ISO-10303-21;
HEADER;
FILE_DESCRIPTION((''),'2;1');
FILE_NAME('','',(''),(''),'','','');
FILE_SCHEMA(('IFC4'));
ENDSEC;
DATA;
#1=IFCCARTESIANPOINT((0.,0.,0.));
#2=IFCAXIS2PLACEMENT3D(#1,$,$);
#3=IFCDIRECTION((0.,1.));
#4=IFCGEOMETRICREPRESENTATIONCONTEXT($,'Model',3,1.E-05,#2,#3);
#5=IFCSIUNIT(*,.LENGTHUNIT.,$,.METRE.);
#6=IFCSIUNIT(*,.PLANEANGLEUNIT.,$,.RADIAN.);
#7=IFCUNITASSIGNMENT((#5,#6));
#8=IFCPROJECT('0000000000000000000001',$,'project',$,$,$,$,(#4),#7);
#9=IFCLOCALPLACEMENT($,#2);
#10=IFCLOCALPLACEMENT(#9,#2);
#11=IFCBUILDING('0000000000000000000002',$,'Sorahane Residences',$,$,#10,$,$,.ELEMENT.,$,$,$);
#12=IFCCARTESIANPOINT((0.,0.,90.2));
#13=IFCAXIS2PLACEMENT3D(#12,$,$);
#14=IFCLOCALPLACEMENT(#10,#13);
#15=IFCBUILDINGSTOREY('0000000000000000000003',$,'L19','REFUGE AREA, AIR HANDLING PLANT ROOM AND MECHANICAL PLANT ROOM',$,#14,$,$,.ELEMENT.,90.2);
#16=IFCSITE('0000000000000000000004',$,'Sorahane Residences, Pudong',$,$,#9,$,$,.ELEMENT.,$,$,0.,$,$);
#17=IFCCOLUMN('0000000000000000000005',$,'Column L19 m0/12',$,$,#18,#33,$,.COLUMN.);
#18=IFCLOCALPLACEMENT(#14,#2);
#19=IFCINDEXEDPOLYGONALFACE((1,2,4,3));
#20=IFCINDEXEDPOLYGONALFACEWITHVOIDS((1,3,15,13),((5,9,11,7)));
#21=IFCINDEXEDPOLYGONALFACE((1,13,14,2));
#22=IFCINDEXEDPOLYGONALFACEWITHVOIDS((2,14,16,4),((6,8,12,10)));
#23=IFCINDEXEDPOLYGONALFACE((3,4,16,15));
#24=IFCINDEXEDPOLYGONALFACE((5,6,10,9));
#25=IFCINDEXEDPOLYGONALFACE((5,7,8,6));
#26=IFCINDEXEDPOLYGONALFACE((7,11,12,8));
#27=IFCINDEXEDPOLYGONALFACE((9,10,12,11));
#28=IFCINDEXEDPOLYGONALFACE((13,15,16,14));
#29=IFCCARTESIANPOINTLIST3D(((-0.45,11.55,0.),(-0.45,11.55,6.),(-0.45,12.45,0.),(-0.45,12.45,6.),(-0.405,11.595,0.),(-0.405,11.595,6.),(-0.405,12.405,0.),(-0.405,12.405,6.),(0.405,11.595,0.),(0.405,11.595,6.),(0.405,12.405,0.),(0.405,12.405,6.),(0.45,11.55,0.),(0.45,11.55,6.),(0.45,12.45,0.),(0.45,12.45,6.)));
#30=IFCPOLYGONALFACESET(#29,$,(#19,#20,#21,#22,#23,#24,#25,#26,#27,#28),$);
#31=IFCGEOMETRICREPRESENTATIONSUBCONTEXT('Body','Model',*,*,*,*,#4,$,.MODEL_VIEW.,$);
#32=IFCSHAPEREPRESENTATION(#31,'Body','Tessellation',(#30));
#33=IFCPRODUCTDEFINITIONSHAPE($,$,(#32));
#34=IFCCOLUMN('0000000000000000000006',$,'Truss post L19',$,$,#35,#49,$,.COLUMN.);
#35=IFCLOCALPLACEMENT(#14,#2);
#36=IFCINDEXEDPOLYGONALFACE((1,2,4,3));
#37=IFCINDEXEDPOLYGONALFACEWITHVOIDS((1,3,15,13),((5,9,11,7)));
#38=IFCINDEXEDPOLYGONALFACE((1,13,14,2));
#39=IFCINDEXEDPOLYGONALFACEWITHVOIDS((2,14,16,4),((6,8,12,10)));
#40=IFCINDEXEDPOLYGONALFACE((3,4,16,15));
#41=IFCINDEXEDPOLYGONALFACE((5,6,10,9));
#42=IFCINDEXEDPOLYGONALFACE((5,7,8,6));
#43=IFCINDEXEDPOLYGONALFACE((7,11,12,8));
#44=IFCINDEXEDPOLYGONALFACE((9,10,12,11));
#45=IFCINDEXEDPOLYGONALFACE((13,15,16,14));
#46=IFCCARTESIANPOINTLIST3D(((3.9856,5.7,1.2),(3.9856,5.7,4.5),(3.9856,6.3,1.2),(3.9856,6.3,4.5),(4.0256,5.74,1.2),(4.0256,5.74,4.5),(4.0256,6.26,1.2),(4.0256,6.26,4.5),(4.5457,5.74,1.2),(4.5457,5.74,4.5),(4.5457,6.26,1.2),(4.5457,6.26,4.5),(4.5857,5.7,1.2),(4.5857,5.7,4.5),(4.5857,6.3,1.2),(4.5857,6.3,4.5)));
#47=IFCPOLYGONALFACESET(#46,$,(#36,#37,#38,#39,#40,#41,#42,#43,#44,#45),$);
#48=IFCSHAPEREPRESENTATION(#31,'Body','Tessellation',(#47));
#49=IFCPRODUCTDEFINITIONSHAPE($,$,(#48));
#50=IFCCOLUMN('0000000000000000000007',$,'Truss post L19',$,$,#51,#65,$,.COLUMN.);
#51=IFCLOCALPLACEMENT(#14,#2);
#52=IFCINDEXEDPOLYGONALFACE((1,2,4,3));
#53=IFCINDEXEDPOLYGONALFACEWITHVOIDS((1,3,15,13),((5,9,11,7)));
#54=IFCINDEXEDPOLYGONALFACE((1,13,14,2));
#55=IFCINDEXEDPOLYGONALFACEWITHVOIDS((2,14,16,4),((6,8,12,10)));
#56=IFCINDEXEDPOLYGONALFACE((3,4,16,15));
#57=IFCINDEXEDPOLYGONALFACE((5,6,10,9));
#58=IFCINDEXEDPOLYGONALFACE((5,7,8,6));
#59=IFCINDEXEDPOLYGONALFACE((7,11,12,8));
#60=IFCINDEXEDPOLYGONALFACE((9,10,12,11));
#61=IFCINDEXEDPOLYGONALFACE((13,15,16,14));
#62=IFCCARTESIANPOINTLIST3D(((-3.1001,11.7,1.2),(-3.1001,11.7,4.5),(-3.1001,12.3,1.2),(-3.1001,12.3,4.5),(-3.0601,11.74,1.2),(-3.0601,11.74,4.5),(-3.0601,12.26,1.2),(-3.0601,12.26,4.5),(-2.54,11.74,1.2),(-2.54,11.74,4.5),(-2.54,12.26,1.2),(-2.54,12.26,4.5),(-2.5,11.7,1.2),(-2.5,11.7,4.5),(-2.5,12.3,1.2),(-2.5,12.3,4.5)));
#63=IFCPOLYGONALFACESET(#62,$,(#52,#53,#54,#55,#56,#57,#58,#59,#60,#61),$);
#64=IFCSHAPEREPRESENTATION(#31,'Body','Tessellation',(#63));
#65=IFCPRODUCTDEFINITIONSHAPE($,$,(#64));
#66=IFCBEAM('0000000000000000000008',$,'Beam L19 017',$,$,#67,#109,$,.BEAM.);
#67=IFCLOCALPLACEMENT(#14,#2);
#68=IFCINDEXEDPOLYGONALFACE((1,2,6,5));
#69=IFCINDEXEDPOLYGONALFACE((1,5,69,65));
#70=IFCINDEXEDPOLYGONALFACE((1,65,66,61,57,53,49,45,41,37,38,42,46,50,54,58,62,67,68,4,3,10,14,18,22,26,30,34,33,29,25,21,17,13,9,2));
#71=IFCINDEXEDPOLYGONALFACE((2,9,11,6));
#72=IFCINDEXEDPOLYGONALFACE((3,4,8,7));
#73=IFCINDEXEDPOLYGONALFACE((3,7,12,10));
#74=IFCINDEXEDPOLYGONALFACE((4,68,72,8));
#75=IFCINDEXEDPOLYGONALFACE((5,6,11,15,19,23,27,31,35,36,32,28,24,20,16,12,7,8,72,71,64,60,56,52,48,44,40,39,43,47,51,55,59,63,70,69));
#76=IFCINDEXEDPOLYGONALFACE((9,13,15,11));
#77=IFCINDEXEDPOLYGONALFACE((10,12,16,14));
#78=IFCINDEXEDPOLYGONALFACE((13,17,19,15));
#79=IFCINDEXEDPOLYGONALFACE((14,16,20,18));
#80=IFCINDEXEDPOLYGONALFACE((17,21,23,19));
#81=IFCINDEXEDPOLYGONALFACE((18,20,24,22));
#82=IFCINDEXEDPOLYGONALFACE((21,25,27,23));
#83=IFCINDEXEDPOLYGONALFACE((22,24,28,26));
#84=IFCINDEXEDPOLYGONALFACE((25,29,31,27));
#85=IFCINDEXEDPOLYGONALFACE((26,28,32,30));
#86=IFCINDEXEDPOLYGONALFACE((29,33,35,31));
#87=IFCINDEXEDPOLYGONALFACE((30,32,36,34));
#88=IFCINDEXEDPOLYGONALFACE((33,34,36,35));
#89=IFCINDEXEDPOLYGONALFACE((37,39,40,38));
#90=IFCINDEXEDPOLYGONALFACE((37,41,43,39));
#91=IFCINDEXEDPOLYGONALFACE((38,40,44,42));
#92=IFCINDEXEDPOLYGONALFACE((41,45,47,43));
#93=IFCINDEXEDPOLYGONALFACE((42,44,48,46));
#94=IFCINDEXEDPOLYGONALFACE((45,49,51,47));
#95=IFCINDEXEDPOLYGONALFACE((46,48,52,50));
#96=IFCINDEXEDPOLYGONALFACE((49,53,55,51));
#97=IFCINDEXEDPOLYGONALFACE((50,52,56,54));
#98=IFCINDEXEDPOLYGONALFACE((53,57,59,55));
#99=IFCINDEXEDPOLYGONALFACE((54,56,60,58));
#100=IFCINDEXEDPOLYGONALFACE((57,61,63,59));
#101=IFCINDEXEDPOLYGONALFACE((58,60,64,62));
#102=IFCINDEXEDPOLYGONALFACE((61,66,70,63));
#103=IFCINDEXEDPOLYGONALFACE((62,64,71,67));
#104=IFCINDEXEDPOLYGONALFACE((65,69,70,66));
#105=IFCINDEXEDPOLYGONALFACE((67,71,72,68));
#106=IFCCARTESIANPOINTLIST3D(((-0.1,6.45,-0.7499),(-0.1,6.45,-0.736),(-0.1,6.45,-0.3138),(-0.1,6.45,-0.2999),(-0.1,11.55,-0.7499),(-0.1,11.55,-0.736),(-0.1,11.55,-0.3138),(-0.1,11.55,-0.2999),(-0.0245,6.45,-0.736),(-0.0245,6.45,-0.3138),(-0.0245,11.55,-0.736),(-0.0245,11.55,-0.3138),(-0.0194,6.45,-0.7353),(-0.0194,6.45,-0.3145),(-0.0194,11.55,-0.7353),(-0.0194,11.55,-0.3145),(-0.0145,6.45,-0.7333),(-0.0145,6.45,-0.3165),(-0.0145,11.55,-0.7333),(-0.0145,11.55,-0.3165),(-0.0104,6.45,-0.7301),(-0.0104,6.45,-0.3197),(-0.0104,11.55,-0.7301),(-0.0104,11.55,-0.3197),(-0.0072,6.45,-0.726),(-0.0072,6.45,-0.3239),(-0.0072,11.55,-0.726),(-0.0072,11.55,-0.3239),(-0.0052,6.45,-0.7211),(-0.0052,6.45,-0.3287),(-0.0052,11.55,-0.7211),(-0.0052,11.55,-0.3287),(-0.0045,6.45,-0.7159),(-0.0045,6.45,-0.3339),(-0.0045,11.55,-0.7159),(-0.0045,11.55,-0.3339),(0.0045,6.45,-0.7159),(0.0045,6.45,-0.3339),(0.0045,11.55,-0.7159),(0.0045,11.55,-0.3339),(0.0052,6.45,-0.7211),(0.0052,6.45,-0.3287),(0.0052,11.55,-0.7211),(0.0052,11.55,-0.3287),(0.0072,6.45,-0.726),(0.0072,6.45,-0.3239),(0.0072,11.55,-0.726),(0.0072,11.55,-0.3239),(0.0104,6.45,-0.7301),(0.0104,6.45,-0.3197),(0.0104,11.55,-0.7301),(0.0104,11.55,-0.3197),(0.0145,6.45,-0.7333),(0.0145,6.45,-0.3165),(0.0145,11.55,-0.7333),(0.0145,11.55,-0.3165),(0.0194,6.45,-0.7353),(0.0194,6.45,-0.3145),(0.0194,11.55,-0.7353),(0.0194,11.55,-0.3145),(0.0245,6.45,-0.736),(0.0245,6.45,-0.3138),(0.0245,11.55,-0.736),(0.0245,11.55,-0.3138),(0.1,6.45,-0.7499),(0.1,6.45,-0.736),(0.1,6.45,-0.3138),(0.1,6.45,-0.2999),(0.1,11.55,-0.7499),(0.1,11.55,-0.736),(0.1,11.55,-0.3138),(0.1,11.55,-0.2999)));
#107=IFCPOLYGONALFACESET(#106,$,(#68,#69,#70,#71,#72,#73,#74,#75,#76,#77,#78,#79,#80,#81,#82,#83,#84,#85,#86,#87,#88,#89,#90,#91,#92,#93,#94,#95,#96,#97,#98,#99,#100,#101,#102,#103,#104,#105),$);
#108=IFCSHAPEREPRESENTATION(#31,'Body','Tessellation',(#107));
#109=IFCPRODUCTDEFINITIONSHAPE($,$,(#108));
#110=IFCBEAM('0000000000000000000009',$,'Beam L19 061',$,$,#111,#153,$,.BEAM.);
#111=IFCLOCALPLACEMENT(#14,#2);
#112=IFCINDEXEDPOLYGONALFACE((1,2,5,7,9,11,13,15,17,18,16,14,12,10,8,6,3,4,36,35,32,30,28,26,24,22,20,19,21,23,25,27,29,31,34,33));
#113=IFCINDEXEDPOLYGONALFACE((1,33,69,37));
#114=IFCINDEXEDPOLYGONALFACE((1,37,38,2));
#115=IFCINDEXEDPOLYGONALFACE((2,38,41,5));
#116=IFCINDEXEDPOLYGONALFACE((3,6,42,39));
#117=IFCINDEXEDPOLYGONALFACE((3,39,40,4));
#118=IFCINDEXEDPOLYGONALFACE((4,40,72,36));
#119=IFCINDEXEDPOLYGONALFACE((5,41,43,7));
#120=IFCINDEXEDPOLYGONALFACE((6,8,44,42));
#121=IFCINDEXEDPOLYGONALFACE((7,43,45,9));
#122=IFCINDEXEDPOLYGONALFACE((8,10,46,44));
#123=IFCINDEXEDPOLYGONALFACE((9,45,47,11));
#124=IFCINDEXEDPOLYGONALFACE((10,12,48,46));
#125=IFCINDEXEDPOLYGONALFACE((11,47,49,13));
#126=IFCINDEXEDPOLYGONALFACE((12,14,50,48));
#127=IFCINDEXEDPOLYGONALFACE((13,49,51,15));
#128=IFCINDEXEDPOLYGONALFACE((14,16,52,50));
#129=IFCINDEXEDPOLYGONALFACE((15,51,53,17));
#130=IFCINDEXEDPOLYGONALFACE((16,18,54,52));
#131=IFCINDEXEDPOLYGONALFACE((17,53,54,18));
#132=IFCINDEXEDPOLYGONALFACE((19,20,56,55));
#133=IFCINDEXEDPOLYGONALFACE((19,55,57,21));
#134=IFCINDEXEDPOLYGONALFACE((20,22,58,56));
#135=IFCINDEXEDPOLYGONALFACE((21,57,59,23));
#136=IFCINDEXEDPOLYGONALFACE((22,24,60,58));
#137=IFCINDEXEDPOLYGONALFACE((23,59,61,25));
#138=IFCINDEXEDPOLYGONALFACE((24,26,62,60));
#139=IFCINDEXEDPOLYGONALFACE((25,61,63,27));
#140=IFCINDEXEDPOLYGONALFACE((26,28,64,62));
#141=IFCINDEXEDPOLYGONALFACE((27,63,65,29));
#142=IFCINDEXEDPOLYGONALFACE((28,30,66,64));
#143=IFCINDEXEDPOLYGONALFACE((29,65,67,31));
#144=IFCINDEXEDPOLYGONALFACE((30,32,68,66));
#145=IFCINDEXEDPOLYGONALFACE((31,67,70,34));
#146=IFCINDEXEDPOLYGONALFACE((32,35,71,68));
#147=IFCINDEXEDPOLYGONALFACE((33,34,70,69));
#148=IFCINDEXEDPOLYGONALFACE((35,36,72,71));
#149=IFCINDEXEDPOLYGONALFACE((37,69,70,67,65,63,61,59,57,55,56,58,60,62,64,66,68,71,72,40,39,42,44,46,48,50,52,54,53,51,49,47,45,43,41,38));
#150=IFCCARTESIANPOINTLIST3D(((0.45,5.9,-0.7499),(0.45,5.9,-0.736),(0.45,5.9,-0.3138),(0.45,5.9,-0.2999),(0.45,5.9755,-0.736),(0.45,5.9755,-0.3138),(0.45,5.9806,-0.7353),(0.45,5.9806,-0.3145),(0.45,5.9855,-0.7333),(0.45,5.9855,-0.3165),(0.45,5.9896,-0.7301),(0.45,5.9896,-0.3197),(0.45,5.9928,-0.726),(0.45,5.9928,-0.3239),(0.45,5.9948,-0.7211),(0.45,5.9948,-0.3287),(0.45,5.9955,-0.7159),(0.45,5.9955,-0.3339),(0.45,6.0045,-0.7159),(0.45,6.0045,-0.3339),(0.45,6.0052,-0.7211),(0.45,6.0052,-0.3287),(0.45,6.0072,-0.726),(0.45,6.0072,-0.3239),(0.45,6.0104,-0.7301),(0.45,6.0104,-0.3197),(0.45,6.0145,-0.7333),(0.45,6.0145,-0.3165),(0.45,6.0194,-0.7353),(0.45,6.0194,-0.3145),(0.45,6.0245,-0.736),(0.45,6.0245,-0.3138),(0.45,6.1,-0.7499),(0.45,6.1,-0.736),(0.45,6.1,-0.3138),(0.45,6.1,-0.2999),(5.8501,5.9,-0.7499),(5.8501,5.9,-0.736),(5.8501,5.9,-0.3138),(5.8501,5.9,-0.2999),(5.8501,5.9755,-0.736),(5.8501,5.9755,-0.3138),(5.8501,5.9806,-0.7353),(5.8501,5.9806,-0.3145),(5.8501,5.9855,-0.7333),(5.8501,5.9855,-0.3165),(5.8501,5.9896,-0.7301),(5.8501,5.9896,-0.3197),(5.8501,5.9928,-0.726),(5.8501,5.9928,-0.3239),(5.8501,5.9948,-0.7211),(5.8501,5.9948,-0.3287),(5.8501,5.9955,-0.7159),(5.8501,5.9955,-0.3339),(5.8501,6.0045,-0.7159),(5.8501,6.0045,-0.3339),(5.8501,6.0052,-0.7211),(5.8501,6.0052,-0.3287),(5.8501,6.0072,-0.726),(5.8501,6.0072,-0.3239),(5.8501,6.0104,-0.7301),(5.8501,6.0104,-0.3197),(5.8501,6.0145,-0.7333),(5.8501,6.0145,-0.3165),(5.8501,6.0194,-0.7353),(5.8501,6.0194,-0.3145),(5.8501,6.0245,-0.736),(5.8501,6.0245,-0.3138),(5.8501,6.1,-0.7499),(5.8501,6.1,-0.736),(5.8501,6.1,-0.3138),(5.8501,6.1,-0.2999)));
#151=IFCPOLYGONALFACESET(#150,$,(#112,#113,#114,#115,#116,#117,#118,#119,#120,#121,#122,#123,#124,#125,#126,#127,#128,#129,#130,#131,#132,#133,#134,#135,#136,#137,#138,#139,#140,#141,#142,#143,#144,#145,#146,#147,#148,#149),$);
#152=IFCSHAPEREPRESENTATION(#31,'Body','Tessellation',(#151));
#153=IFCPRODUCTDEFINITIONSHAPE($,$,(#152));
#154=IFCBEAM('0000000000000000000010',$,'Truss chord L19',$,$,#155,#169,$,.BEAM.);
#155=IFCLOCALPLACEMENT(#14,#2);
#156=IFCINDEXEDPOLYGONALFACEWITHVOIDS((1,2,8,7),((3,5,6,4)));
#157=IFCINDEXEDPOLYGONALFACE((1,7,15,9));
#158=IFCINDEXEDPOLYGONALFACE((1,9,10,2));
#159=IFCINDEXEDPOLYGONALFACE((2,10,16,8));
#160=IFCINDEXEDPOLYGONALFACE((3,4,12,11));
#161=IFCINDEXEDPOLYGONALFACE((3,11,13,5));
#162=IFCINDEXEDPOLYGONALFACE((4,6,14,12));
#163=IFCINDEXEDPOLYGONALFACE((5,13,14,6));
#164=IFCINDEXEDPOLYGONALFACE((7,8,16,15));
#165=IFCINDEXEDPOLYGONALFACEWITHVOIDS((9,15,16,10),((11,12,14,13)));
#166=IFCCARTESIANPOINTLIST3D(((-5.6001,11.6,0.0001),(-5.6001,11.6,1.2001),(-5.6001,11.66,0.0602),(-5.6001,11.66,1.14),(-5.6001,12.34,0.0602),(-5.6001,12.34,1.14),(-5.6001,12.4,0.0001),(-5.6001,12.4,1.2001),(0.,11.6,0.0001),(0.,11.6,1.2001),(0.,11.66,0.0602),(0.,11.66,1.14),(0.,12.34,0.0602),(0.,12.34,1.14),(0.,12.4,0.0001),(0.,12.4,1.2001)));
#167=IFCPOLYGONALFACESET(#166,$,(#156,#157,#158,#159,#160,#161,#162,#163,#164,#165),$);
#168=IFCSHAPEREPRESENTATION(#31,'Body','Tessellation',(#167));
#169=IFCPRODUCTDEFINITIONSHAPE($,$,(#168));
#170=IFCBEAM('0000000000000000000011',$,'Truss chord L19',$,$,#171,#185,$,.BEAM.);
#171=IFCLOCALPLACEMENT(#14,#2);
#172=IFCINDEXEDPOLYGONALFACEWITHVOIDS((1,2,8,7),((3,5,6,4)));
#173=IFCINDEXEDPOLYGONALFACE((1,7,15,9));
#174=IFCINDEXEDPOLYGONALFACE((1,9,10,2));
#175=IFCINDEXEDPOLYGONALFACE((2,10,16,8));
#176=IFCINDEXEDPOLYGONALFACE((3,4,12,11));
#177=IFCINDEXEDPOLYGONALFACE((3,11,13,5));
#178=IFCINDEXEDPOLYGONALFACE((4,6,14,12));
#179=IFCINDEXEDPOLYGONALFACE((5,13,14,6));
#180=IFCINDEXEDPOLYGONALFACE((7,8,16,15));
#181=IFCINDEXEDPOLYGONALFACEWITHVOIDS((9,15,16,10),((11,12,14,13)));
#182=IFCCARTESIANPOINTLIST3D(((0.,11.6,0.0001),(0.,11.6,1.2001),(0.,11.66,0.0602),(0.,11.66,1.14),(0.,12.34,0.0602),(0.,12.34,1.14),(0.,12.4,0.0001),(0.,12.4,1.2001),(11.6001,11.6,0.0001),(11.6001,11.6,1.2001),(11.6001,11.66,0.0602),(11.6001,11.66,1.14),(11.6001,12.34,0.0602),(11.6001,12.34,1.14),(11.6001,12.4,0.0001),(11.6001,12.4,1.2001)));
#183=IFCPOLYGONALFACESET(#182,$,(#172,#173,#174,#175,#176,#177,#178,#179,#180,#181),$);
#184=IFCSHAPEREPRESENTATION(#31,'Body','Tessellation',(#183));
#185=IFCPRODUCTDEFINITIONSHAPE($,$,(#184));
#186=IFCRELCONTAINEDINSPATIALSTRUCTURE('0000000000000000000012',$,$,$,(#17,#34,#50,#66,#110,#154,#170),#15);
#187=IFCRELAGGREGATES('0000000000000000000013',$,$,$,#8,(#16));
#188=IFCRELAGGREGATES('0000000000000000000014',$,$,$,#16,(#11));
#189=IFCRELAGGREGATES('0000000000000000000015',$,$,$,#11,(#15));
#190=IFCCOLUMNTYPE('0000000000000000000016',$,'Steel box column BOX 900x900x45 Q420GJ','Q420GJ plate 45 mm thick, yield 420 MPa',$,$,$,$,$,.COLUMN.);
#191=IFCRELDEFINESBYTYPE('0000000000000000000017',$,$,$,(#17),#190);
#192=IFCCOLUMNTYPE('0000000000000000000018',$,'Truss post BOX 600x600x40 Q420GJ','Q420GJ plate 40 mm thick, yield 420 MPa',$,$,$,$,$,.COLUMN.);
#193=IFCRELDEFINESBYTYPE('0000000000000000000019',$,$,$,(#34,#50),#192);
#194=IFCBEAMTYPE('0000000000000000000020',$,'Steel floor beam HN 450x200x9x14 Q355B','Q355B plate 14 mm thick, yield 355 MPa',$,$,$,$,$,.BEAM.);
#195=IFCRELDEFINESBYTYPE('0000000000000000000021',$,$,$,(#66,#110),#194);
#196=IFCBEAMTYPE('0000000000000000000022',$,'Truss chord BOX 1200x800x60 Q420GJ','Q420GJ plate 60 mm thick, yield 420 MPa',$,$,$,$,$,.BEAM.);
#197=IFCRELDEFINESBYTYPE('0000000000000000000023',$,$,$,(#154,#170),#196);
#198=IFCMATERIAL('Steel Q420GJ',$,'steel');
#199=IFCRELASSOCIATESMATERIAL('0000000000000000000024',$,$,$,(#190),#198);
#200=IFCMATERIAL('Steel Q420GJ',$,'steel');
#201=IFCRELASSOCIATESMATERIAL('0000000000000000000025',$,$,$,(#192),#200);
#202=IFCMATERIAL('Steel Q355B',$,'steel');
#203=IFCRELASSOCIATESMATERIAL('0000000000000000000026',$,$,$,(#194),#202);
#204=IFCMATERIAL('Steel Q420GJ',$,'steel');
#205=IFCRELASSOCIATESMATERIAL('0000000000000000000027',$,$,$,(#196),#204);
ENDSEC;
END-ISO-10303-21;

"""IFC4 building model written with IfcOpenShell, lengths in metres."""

from ifc_helpers import new_model, si_unit, direction, frame, origin, origin_2d, place, context, subcontext, project, spatial, hollow_rectangle, i_section, extrude, material, material_profile, profile_set, type_object, element, save


model = new_model("IFC4")

# Units and contexts
model_context = context("Model", 3, precision=1e-05, world=origin(), true_north=direction((0.0, 1.0)))
body_context = subcontext(model_context, "Body", "Model", "MODEL_VIEW")
ifc_project = project(units=[si_unit("LENGTHUNIT", "METRE"), si_unit("PLANEANGLEUNIT", "RADIAN")], contexts=[model_context])

# Site, building, storey
site_placement = place(None, origin())
site = spatial("IfcSite", under=ifc_project, at=site_placement, Name="Sorahane Residences, Pudong", CompositionType="ELEMENT", RefElevation=0.0)
building_placement = place(site_placement, origin())
building = spatial("IfcBuilding", under=site, at=building_placement, Name="Sorahane Residences", CompositionType="ELEMENT")
storey_placement = place(building_placement, frame((0.0, 0.0, 90.2)))
storey = spatial("IfcBuildingStorey", under=building, at=storey_placement, Name="L19", Description="REFUGE AREA, AIR HANDLING PLANT ROOM AND MECHANICAL PLANT ROOM", CompositionType="ELEMENT", Elevation=90.2)

# Columns
ifc_material_1 = material(Name="Steel Q420GJ", Category="steel")
ifc_material_profile_1 = material_profile(ifc_material_1, hollow_rectangle(XDim=0.8999, YDim=0.8999, WallThickness=0.0449, at=origin_2d()), Name="BOX 900x900x45")
ifc_profile_set_1 = profile_set([ifc_material_profile_1], Name="Steel Q420GJ")
column_type_1 = type_object("IfcColumnType", Name="Steel box column BOX 900x900x45 Q420GJ", Description="Q420GJ plate 45 mm thick, yield 420 MPa", PredefinedType="COLUMN", material=ifc_profile_set_1)
column_placement = place(storey_placement, frame((0.0, 12.0, 0.0), z_axis=(0.0, 0.0, 1.0), x_axis=(1.0, 0.0, 0.0)))
element("IfcColumn", 1, at=column_placement, inside=storey, type_object=column_type_1, Name="Column L19 m0/12", PredefinedType="COLUMN", context=body_context, shape_type="SweptSolid", body=[
    extrude(hollow_rectangle(XDim=0.8999, YDim=0.8999, WallThickness=0.0449, at=origin_2d()), origin(), (0.0, 0.0, 1.0), 6.0),
])
ifc_material_2 = material(Name="Steel Q420GJ", Category="steel")
ifc_material_profile_2 = material_profile(ifc_material_2, hollow_rectangle(XDim=0.6001, YDim=0.6001, WallThickness=0.04, at=origin_2d()), Name="BOX 600x600x40")
ifc_profile_set_2 = profile_set([ifc_material_profile_2], Name="Steel Q420GJ")
column_type_2 = type_object("IfcColumnType", Name="Truss post BOX 600x600x40 Q420GJ", Description="Q420GJ plate 40 mm thick, yield 420 MPa", PredefinedType="COLUMN", material=ifc_profile_set_2)
for number, where, z_axis, x_axis, name in (
    (2, (4.2856, 6.0, 1.2), (0.0, 0.0, 1.0), (1.0, 0.0, 0.0), "Truss post L19"),
    (3, (-2.8, 12.0, 1.2), (0.0, 0.0, 1.0), (1.0, 0.0, 0.0), "Truss post L19"),
):
    element("IfcColumn", number, at=place(storey_placement, frame(where, z_axis=z_axis, x_axis=x_axis)), inside=storey, type_object=column_type_2, Name=name, PredefinedType="COLUMN", context=body_context, shape_type="SweptSolid", body=[
        extrude(hollow_rectangle(XDim=0.6001, YDim=0.6001, WallThickness=0.04, at=origin_2d()), origin(), (0.0, 0.0, 1.0), 3.3),
    ])

# Beams
ifc_material_3 = material(Name="Steel Q355B", Category="steel")
ifc_material_profile_3 = material_profile(ifc_material_3, i_section(OverallWidth=0.2, OverallDepth=0.45, WebThickness=0.009, FlangeThickness=0.0139, FilletRadius=0.02, at=origin_2d()), Name="HN 450x200x9x14")
ifc_profile_set_3 = profile_set([ifc_material_profile_3], Name="Steel Q355B")
beam_type_1 = type_object("IfcBeamType", Name="Steel floor beam HN 450x200x9x14 Q355B", Description="Q355B plate 14 mm thick, yield 355 MPa", PredefinedType="BEAM", material=ifc_profile_set_3)
beam_1_placement = place(storey_placement, frame((0.0, 6.45, -0.5249), z_axis=(0.0, 1.0, 0.0), x_axis=(-1.0, 0.0, 0.0)))
element("IfcBeam", 4, at=beam_1_placement, inside=storey, type_object=beam_type_1, Name="Beam L19 017", PredefinedType="BEAM", context=body_context, shape_type="SweptSolid", body=[
    extrude(i_section(OverallWidth=0.2, OverallDepth=0.45, WebThickness=0.009, FlangeThickness=0.0139, FilletRadius=0.02, at=origin_2d()), origin(), (0.0, 0.0, 1.0), 5.1001),
])
beam_2_placement = place(storey_placement, frame((0.45, 6.0, -0.5249), z_axis=(1.0, 0.0, 0.0), x_axis=(0.0, 1.0, 0.0)))
element("IfcBeam", 5, at=beam_2_placement, inside=storey, type_object=beam_type_1, Name="Beam L19 061", PredefinedType="BEAM", context=body_context, shape_type="SweptSolid", body=[
    extrude(i_section(OverallWidth=0.2, OverallDepth=0.45, WebThickness=0.009, FlangeThickness=0.0139, FilletRadius=0.02, at=origin_2d()), origin(), (0.0, 0.0, 1.0), 5.4001),
])
ifc_material_4 = material(Name="Steel Q420GJ", Category="steel")
ifc_material_profile_4 = material_profile(ifc_material_4, hollow_rectangle(XDim=0.8, YDim=1.2, WallThickness=0.0601, at=origin_2d()), Name="BOX 1200x800x60")
ifc_profile_set_4 = profile_set([ifc_material_profile_4], Name="Steel Q420GJ")
beam_type_2 = type_object("IfcBeamType", Name="Truss chord BOX 1200x800x60 Q420GJ", Description="Q420GJ plate 60 mm thick, yield 420 MPa", PredefinedType="BEAM", material=ifc_profile_set_4)
beam_3_placement = place(storey_placement, frame((-5.6001, 12.0, 0.6001), z_axis=(1.0, 0.0, 0.0), x_axis=(0.0, 1.0, 0.0)))
element("IfcBeam", 6, at=beam_3_placement, inside=storey, type_object=beam_type_2, Name="Truss chord L19", PredefinedType="BEAM", context=body_context, shape_type="SweptSolid", body=[
    extrude(hollow_rectangle(XDim=0.8, YDim=1.2, WallThickness=0.0601, at=origin_2d()), origin(), (0.0, 0.0, 1.0), 5.6001),
])
beam_4_placement = place(storey_placement, frame((0.0, 12.0, 0.6001), z_axis=(1.0, 0.0, 0.0), x_axis=(0.0, 1.0, 0.0)))
element("IfcBeam", 7, at=beam_4_placement, inside=storey, type_object=beam_type_2, Name="Truss chord L19", PredefinedType="BEAM", context=body_context, shape_type="SweptSolid", body=[
    extrude(hollow_rectangle(XDim=0.8, YDim=1.2, WallThickness=0.0601, at=origin_2d()), origin(), (0.0, 0.0, 1.0), 11.6001),
])

save(model, "model.ifc")
